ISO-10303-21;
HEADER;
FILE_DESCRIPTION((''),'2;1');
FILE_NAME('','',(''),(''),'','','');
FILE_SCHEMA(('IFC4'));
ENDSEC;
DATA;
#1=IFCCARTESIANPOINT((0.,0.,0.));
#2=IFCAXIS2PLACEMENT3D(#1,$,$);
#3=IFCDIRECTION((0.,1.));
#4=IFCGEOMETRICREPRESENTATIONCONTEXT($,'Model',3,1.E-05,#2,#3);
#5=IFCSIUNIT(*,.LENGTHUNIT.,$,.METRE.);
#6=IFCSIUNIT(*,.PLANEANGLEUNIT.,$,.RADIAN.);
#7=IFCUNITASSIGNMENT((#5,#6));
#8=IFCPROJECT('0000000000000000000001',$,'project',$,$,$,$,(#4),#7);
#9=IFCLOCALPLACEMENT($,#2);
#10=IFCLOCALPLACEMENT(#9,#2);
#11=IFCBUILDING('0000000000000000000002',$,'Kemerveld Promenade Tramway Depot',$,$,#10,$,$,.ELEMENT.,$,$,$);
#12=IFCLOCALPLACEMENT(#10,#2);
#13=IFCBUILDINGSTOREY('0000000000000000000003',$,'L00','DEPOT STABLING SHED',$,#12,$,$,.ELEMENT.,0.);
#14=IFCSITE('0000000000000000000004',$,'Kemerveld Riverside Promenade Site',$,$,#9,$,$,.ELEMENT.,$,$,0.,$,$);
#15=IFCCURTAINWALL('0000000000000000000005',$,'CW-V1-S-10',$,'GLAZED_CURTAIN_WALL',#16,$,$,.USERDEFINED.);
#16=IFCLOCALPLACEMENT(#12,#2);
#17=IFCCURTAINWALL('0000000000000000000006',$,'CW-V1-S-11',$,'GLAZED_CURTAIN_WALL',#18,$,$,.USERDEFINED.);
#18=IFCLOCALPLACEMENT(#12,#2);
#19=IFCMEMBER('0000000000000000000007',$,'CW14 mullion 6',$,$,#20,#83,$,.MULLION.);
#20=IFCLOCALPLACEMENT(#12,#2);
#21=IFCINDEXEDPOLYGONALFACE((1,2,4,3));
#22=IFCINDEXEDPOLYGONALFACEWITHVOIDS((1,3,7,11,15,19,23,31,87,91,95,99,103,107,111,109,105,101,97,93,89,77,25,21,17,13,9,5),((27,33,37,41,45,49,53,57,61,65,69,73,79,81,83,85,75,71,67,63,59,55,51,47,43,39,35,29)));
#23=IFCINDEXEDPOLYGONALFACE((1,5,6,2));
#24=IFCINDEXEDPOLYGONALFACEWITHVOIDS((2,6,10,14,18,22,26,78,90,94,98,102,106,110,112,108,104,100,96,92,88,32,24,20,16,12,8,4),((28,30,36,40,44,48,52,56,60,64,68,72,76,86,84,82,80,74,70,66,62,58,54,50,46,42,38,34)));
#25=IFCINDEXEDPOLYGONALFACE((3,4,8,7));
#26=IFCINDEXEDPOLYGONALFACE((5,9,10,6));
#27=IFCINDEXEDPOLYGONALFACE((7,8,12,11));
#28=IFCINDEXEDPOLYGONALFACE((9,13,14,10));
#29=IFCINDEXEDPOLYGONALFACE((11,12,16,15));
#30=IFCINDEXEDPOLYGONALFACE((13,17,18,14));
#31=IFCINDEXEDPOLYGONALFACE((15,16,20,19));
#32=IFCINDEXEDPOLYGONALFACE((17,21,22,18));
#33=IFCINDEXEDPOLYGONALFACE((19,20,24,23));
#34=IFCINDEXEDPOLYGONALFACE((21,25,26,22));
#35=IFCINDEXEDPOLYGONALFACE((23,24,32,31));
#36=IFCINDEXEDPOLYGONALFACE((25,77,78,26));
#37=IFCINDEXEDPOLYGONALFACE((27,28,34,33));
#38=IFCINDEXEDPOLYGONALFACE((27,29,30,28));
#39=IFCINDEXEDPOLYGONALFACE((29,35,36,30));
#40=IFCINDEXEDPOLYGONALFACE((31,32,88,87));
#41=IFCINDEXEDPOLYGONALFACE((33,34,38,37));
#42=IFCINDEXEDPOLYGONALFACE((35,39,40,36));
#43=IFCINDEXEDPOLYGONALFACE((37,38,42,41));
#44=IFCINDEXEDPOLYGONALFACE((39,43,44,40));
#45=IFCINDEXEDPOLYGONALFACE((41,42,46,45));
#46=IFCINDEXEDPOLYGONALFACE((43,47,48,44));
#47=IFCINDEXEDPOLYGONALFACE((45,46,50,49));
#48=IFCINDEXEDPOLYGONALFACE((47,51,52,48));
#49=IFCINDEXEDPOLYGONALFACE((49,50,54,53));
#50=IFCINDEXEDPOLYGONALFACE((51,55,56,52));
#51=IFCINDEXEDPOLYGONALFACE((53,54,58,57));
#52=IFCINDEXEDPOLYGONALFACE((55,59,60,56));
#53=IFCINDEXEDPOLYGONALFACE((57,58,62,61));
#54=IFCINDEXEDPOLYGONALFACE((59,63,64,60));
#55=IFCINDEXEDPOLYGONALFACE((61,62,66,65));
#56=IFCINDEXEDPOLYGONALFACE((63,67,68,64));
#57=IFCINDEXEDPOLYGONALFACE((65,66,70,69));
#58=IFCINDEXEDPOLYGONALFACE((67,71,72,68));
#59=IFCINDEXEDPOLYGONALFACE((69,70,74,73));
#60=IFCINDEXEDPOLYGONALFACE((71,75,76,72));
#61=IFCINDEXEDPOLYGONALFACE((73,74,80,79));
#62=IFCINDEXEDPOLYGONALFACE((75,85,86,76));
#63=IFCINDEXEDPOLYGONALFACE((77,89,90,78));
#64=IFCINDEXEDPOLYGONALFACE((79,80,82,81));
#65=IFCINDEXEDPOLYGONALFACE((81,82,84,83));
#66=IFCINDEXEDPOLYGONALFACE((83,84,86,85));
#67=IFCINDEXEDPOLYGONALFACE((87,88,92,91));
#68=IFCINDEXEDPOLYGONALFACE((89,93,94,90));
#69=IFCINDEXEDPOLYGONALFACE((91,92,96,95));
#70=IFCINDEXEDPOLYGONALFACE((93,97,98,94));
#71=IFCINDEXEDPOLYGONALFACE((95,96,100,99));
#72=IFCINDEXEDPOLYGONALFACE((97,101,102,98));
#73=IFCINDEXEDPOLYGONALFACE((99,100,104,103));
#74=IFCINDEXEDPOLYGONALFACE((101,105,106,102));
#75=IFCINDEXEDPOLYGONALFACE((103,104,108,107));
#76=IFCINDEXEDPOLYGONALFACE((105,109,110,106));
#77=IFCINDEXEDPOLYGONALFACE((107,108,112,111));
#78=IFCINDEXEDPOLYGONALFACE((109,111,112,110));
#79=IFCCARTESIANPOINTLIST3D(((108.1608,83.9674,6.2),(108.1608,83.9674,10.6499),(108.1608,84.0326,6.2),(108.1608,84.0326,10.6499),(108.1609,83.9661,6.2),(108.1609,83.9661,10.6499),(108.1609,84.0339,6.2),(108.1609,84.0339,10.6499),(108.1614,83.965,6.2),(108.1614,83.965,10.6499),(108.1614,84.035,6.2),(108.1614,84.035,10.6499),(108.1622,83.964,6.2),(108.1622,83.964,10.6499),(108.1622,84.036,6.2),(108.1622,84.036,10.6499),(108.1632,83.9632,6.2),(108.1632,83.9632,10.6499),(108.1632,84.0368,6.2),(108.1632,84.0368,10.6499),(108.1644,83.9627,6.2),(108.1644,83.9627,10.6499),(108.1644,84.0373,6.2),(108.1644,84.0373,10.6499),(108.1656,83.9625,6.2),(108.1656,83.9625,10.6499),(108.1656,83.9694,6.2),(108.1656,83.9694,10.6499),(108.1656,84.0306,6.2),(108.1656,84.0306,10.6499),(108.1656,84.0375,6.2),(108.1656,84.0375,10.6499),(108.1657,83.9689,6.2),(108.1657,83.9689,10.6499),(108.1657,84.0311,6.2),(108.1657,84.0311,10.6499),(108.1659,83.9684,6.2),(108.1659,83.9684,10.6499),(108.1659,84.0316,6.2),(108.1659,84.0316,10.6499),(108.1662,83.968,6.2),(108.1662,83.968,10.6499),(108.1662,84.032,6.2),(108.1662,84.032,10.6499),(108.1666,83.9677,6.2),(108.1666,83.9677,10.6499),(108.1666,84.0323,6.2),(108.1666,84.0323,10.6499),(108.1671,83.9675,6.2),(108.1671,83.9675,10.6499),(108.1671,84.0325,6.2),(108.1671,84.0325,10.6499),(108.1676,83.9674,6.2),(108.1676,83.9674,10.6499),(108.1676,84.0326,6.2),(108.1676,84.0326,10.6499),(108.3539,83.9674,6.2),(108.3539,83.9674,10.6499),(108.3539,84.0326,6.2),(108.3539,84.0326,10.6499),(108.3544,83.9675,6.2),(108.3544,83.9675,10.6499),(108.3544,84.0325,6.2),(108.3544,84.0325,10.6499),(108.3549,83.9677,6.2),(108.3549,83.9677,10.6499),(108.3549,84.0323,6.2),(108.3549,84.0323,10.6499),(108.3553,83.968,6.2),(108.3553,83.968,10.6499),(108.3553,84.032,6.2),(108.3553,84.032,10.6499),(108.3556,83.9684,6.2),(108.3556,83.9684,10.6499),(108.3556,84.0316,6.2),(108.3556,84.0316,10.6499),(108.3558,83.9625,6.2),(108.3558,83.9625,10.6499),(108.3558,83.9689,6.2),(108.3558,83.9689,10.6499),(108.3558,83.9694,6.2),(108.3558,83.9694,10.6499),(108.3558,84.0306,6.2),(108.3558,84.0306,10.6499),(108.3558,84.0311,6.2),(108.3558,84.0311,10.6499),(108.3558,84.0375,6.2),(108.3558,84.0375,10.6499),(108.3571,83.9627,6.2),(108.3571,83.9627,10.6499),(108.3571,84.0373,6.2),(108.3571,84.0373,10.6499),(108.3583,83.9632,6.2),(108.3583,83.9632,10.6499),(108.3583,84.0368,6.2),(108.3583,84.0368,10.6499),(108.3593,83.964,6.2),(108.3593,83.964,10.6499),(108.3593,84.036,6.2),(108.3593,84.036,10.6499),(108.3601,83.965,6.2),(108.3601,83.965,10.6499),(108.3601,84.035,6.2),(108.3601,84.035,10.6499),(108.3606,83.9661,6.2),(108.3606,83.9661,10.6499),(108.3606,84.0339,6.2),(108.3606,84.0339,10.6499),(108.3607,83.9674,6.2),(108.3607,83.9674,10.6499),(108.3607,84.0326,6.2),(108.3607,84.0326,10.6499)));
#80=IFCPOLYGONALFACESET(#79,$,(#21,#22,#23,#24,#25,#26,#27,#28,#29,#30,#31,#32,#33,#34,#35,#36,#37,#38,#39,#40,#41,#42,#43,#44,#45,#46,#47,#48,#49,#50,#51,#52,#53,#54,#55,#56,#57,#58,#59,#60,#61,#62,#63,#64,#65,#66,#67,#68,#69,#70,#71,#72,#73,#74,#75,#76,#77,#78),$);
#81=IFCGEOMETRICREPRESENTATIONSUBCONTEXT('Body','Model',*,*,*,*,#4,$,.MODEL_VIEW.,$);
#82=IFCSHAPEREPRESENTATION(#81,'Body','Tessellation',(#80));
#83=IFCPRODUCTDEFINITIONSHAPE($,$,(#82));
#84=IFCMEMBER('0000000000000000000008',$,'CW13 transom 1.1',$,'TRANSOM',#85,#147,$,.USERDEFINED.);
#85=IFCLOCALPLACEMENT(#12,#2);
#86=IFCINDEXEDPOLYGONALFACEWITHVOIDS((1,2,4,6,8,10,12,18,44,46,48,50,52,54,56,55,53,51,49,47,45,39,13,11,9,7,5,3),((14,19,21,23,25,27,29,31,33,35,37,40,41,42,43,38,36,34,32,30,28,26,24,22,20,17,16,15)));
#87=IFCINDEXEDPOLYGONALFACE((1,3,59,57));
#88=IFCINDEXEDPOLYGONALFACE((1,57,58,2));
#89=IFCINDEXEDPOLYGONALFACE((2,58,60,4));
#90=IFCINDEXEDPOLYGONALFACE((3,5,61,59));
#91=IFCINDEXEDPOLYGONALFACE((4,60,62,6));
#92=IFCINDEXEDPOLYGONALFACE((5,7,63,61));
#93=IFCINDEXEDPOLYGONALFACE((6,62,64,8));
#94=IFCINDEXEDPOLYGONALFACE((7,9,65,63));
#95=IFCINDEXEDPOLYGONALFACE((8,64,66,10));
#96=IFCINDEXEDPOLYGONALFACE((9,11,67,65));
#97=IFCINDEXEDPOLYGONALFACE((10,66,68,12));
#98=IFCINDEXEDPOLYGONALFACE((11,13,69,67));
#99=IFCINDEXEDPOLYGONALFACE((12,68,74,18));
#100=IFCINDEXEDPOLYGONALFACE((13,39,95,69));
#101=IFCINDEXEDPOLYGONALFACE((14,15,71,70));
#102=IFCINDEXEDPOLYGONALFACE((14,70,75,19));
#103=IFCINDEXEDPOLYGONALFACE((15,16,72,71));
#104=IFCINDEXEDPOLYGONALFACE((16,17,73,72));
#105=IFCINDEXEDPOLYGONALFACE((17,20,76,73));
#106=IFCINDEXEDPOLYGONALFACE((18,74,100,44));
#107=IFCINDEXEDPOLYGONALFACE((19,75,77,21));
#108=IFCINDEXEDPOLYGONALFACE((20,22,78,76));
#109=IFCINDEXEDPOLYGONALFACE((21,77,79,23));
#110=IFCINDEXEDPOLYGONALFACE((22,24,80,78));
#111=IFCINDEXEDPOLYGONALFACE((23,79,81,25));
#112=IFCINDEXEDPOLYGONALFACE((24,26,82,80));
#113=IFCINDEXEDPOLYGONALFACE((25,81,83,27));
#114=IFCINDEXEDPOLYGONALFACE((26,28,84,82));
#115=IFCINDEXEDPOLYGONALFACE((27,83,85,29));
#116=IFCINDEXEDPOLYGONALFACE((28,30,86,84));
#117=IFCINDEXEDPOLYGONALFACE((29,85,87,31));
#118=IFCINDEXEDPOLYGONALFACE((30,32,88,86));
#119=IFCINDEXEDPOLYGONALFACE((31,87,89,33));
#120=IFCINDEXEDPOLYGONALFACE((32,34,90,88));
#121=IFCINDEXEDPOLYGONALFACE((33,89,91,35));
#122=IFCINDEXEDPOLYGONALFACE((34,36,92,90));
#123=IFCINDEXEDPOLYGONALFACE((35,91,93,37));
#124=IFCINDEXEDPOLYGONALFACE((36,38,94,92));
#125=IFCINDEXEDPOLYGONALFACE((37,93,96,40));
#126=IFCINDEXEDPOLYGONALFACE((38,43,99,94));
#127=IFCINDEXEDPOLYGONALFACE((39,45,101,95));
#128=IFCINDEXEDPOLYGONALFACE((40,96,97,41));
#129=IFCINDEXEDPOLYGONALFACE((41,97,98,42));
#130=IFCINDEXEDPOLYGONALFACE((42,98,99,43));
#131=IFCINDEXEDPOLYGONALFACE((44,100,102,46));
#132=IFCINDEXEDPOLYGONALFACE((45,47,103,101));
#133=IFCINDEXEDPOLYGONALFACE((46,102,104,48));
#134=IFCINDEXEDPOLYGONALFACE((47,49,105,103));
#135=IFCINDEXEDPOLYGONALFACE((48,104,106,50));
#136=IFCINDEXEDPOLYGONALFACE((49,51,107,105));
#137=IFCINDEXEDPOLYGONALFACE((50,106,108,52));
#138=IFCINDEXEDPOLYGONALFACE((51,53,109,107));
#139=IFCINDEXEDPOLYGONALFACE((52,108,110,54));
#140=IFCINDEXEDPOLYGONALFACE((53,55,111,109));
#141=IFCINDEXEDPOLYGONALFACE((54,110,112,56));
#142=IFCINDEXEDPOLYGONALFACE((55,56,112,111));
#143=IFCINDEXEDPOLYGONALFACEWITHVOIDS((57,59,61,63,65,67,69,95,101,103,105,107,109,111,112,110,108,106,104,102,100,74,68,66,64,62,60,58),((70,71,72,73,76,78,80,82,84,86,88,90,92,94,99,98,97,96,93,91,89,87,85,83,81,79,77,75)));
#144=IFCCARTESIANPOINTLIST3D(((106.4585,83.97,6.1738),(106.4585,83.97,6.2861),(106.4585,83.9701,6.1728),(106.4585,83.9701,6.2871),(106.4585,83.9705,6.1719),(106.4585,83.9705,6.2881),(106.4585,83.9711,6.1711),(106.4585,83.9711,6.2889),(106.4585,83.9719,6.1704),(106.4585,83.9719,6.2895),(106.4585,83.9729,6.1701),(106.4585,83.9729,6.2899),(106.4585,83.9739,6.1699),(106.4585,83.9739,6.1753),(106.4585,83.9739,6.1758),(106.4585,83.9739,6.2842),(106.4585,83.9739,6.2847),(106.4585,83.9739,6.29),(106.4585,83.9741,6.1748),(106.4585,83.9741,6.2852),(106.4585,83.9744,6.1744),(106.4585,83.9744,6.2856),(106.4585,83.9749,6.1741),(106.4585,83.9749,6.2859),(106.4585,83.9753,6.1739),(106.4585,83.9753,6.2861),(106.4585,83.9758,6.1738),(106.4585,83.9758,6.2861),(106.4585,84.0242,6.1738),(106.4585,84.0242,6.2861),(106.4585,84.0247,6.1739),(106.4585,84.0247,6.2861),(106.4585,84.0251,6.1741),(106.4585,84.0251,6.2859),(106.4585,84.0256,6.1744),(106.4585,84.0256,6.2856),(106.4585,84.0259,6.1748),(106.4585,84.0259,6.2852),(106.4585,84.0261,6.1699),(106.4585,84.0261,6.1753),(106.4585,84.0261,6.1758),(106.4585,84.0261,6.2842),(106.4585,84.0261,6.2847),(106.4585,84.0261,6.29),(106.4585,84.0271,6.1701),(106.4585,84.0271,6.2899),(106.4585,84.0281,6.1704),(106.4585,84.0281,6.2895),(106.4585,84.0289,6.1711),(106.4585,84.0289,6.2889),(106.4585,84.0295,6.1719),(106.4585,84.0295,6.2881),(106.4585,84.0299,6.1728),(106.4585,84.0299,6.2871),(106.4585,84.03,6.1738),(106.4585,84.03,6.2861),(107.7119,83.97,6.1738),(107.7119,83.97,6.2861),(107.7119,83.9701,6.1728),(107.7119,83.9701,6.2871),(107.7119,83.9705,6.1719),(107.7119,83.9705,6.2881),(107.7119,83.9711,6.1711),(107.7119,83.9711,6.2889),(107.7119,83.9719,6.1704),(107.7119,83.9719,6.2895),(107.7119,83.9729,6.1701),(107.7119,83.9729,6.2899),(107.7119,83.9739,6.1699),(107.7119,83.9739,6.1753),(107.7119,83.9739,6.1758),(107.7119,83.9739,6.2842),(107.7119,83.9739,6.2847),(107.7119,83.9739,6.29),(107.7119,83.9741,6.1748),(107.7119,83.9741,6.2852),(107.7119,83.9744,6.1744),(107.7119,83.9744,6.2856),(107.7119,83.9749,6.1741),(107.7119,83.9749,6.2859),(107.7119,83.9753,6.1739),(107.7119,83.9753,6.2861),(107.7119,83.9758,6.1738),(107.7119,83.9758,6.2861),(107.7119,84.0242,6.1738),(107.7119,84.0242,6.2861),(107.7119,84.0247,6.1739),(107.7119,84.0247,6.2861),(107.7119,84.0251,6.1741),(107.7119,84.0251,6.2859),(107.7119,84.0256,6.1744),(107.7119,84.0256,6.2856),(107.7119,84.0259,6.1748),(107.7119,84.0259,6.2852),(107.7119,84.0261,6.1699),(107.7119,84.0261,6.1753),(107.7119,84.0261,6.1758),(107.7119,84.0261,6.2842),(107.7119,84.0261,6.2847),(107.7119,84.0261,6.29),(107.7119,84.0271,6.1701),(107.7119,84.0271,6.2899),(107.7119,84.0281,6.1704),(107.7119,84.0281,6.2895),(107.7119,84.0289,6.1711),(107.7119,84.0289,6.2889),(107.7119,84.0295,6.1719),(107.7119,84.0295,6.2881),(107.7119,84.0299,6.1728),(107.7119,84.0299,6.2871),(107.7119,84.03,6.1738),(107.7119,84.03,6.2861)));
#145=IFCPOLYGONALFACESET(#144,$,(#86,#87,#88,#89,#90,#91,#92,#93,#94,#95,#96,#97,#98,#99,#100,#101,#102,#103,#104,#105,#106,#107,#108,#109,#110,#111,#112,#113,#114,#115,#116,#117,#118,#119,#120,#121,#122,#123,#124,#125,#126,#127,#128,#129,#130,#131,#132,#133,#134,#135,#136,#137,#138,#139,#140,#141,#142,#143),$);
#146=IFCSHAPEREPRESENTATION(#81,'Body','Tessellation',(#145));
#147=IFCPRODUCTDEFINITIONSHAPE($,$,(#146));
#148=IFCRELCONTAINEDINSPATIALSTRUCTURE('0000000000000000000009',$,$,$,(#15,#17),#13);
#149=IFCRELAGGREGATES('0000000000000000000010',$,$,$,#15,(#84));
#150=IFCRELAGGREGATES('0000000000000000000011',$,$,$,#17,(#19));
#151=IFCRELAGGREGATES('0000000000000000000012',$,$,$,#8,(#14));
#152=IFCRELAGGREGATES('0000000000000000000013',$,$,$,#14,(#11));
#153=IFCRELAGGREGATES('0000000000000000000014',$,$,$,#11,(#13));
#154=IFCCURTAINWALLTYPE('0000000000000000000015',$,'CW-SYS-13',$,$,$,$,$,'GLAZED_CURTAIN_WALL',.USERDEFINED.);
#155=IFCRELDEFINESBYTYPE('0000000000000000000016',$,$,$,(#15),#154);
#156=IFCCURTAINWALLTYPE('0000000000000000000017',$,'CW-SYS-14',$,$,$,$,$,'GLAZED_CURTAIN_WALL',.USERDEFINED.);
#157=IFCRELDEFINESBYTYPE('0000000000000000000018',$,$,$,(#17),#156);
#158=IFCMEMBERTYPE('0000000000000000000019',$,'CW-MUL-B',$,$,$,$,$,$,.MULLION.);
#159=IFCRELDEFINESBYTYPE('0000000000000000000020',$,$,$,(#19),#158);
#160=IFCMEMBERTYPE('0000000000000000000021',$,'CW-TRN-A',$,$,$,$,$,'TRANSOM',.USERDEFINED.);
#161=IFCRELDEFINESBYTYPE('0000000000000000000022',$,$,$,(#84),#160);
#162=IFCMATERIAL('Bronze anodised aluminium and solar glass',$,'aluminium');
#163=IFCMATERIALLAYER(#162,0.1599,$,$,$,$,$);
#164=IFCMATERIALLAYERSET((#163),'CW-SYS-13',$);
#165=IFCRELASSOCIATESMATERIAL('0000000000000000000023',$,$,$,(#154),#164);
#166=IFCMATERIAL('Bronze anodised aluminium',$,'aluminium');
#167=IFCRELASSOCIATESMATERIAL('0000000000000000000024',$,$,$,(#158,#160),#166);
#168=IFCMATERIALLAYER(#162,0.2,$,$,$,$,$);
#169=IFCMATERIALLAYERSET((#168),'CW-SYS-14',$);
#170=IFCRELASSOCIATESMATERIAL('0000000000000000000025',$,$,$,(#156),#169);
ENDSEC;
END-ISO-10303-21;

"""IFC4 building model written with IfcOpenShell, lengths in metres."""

from ifc_helpers import new_model, si_unit, direction, frame, origin, origin_2d, place, context, subcontext, project, spatial, hollow_rectangle, extrude, material, layer, layer_set, material_profile, profile_set, type_object, element, aggregate, save


model = new_model("IFC4")

# Units and contexts
model_context = context("Model", 3, precision=1e-05, world=origin(), true_north=direction((0.0, 1.0)))
body_context = subcontext(model_context, "Body", "Model", "MODEL_VIEW")
ifc_project = project(units=[si_unit("LENGTHUNIT", "METRE"), si_unit("PLANEANGLEUNIT", "RADIAN")], contexts=[model_context])

# Site, building, storey
site_placement = place(None, origin())
site = spatial("IfcSite", under=ifc_project, at=site_placement, Name="Kemerveld Riverside Promenade Site", CompositionType="ELEMENT", RefElevation=0.0)
building_placement = place(site_placement, origin())
building = spatial("IfcBuilding", under=site, at=building_placement, Name="Kemerveld Promenade Tramway Depot", CompositionType="ELEMENT")
storey_placement = place(building_placement, origin())
storey = spatial("IfcBuildingStorey", under=building, at=storey_placement, Name="L00", Description="DEPOT STABLING SHED", CompositionType="ELEMENT", Elevation=0.0)

# Curtain wall
ifc_material_1 = material(Name="Bronze anodised aluminium and solar glass", Category="aluminium")
ifc_layer_1 = layer(ifc_material_1, 0.1599)
ifc_layer_set_1 = layer_set([ifc_layer_1], Name="CW-SYS-13")
curtain_wall_type_1 = type_object("IfcCurtainWallType", Name="CW-SYS-13", ElementType="GLAZED_CURTAIN_WALL", PredefinedType="USERDEFINED", material=ifc_layer_set_1)
curtain_wall_1_placement = place(storey_placement, origin())
curtain_wall_1 = element("IfcCurtainWall", 1, at=curtain_wall_1_placement, inside=storey, type_object=curtain_wall_type_1, Name="CW-V1-S-10", ObjectType="GLAZED_CURTAIN_WALL", PredefinedType="USERDEFINED")
ifc_material_2 = material(Name="Bronze anodised aluminium", Category="aluminium")

# Shared definitions
ifc_material_profile_1 = material_profile(ifc_material_2, hollow_rectangle(XDim=0.075, YDim=0.2, WallThickness=0.0049, InnerFilletRadius=0.002, OuterFilletRadius=0.0049, at=origin_2d()), Name="CW-MUL-200x75")
ifc_profile_set_1 = profile_set([ifc_material_profile_1], Name="Bronze anodised aluminium")
member_type_1 = type_object("IfcMemberType", Name="CW-MUL-B", PredefinedType="MULLION", material=ifc_profile_set_1)

# Curtain wall, member
ifc_layer_2 = layer(ifc_material_1, 0.2)
ifc_layer_set_2 = layer_set([ifc_layer_2], Name="CW-SYS-14")
curtain_wall_type_2 = type_object("IfcCurtainWallType", Name="CW-SYS-14", ElementType="GLAZED_CURTAIN_WALL", PredefinedType="USERDEFINED", material=ifc_layer_set_2)
curtain_wall_2_placement = place(storey_placement, origin())
curtain_wall_2 = element("IfcCurtainWall", 2, at=curtain_wall_2_placement, inside=storey, type_object=curtain_wall_type_2, Name="CW-V1-S-11", ObjectType="GLAZED_CURTAIN_WALL", PredefinedType="USERDEFINED")
member_1_placement = place(storey_placement, frame((108.2607, 84.0, 6.2), z_axis=(0.0, 0.0, 1.0), x_axis=(0.0, -1.0, 0.0)))
member_1 = element("IfcMember", 3, at=member_1_placement, type_object=member_type_1, Name="CW14 mullion 6", PredefinedType="MULLION", context=body_context, shape_type="SweptSolid", body=[
    extrude(hollow_rectangle(XDim=0.075, YDim=0.2, WallThickness=0.0049, InnerFilletRadius=0.002, OuterFilletRadius=0.0049, at=origin_2d()), origin(), (0.0, 0.0, 1.0), 4.45),
])

# Member
ifc_material_profile_2 = material_profile(ifc_material_2, hollow_rectangle(XDim=0.0601, YDim=0.1201, WallThickness=0.0039, InnerFilletRadius=0.002, OuterFilletRadius=0.0039, at=origin_2d()), Name="CW-TRN-120x60")
ifc_profile_set_2 = profile_set([ifc_material_profile_2], Name="Bronze anodised aluminium")
member_type_2 = type_object("IfcMemberType", Name="CW-TRN-A", ElementType="TRANSOM", PredefinedType="USERDEFINED", material=ifc_profile_set_2)
member_2_placement = place(storey_placement, frame((107.7119, 84.0, 6.23), z_axis=(-1.0, 0.0, 0.0), x_axis=(0.0, -1.0, 0.0)))
member_2 = element("IfcMember", 4, at=member_2_placement, type_object=member_type_2, Name="CW13 transom 1.1", ObjectType="TRANSOM", PredefinedType="USERDEFINED", context=body_context, shape_type="SweptSolid", body=[
    extrude(hollow_rectangle(XDim=0.0601, YDim=0.1201, WallThickness=0.0039, InnerFilletRadius=0.002, OuterFilletRadius=0.0039, at=origin_2d()), origin(), (0.0, 0.0, 1.0), 1.2534),
])

aggregate(curtain_wall_1, [member_2])
aggregate(curtain_wall_2, [member_1])

save(model, "model.ifc")
